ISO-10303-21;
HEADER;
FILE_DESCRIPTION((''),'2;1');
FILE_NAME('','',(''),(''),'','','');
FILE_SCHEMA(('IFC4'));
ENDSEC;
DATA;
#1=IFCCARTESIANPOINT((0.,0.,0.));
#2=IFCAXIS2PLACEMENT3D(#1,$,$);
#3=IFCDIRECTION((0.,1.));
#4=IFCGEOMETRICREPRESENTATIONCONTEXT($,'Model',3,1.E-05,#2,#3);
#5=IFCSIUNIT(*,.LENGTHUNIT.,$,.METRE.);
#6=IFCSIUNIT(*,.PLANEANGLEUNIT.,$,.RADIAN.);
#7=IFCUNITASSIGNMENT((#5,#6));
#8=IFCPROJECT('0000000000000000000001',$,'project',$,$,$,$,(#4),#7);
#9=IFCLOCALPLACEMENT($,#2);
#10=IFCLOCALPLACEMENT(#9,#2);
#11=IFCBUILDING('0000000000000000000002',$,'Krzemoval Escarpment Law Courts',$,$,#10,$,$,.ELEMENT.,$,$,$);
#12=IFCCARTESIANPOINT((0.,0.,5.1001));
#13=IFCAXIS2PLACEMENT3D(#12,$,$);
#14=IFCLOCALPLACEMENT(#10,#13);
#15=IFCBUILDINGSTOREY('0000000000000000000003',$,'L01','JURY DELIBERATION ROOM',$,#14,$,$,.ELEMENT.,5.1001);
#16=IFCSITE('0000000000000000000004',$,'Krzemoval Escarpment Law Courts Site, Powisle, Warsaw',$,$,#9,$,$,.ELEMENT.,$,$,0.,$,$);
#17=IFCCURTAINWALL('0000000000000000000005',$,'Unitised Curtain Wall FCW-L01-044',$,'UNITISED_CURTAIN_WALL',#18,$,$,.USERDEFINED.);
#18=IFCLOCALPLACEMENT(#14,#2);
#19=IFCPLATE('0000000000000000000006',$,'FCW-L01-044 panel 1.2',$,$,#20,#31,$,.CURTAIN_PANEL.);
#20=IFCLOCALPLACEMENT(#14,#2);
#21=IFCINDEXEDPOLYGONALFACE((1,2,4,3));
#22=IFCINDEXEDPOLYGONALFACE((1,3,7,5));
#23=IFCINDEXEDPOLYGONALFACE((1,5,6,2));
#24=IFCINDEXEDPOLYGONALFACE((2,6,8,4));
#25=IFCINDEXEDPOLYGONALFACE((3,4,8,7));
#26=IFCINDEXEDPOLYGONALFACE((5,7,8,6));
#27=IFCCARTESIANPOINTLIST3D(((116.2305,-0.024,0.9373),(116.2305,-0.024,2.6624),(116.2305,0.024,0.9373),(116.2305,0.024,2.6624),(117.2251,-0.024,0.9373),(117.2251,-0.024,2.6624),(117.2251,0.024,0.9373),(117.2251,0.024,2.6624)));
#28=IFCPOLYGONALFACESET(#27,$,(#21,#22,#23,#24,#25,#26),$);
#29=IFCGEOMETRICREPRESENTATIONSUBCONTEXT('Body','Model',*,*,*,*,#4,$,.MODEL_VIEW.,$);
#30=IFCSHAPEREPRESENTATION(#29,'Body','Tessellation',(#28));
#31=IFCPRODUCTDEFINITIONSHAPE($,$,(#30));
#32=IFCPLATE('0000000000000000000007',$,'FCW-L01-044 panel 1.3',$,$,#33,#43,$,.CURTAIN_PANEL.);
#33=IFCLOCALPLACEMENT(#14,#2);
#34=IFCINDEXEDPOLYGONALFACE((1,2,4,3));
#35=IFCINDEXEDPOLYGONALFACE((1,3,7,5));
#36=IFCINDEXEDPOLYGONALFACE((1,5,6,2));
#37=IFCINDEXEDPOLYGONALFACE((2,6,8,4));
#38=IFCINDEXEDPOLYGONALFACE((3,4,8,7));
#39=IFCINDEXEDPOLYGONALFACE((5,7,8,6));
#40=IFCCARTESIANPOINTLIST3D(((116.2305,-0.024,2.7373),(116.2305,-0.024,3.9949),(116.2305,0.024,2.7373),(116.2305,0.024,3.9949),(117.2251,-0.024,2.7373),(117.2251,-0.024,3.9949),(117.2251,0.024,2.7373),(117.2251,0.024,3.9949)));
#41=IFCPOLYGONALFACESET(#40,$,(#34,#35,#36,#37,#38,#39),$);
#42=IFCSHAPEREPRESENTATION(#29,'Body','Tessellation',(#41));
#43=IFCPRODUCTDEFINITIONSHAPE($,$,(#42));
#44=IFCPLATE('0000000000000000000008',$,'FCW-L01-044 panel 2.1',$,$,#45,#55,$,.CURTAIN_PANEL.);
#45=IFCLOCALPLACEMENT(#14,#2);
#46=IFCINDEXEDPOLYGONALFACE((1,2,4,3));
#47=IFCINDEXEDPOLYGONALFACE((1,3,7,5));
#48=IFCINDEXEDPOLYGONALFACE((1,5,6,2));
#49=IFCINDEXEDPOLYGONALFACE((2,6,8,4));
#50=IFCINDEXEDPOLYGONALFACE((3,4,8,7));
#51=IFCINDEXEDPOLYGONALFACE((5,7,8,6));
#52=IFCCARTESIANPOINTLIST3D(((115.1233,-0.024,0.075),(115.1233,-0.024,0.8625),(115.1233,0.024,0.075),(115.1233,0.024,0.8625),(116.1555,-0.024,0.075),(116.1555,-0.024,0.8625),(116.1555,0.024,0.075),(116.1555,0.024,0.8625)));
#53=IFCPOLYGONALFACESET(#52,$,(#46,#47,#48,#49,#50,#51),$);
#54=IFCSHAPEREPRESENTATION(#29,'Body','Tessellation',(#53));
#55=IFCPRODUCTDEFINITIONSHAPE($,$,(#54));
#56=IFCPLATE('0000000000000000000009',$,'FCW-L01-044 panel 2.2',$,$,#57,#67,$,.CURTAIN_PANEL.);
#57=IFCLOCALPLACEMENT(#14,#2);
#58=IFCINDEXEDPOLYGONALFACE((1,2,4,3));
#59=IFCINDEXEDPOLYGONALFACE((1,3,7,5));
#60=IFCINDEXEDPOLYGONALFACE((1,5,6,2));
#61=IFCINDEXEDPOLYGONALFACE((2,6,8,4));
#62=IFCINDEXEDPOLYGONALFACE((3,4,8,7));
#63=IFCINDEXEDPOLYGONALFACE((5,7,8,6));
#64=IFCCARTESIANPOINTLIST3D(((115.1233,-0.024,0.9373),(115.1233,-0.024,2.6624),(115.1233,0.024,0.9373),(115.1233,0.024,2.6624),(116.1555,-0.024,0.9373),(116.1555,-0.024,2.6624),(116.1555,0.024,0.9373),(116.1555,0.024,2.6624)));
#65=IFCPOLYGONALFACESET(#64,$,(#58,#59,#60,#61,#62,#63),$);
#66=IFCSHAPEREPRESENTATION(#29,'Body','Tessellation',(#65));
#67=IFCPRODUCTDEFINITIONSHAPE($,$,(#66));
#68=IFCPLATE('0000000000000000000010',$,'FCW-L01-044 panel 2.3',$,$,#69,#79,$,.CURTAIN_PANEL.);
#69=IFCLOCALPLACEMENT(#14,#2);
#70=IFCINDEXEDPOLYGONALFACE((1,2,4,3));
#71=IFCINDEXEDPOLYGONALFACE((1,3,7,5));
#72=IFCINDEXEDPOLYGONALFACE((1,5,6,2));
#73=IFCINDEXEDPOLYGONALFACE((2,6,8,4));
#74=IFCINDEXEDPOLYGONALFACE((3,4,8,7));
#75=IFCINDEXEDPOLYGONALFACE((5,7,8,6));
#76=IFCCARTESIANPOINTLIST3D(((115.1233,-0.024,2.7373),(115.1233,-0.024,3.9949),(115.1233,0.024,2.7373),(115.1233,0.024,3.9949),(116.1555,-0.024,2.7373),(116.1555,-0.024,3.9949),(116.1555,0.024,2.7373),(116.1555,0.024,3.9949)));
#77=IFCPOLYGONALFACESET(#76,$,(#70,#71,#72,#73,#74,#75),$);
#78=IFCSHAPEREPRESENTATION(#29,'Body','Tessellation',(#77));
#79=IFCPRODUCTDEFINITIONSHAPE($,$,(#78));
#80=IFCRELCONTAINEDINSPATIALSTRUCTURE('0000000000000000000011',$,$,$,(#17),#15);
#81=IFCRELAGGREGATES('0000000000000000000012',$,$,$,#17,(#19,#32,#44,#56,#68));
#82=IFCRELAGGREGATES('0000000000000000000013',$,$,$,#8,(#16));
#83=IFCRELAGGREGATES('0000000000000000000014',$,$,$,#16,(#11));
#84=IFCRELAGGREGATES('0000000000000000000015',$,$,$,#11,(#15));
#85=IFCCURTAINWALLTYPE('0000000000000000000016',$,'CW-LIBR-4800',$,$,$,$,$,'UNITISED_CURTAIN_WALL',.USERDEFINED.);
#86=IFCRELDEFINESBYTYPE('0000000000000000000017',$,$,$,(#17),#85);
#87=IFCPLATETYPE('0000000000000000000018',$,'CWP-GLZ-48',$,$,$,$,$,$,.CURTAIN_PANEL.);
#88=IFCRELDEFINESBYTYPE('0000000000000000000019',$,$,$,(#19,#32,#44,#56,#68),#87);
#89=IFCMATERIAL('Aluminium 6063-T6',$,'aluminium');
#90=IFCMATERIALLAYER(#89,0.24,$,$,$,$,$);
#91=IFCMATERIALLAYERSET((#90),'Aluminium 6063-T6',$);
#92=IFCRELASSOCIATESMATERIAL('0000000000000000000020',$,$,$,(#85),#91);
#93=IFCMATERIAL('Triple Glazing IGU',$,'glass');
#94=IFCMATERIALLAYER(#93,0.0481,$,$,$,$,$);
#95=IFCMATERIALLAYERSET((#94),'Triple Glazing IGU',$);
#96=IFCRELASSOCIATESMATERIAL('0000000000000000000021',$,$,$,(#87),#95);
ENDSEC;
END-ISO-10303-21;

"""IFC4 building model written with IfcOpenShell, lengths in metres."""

from ifc_helpers import new_model, si_unit, direction, frame, origin, origin_2d, place, context, subcontext, project, spatial, rectangle, extrude, material, layer, layer_set, type_object, element, aggregate, save


model = new_model("IFC4")

# Units and contexts
model_context = context("Model", 3, precision=1e-05, world=origin(), true_north=direction((0.0, 1.0)))
body_context = subcontext(model_context, "Body", "Model", "MODEL_VIEW")
ifc_project = project(units=[si_unit("LENGTHUNIT", "METRE"), si_unit("PLANEANGLEUNIT", "RADIAN")], contexts=[model_context])

# Site, building, storey
site_placement = place(None, origin())
site = spatial("IfcSite", under=ifc_project, at=site_placement, Name="Krzemoval Escarpment Law Courts Site, Powisle, Warsaw", CompositionType="ELEMENT", RefElevation=0.0)
building_placement = place(site_placement, origin())
building = spatial("IfcBuilding", under=site, at=building_placement, Name="Krzemoval Escarpment Law Courts", CompositionType="ELEMENT")
storey_placement = place(building_placement, frame((0.0, 0.0, 5.1001)))
storey = spatial("IfcBuildingStorey", under=building, at=storey_placement, Name="L01", Description="JURY DELIBERATION ROOM", CompositionType="ELEMENT", Elevation=5.1001)

# Shared definitions
ifc_material_1 = material(Name="Aluminium 6063-T6", Category="aluminium")
ifc_layer_1 = layer(ifc_material_1, 0.24)
ifc_layer_set_1 = layer_set([ifc_layer_1], Name="Aluminium 6063-T6")
curtain_wall_type = type_object("IfcCurtainWallType", Name="CW-LIBR-4800", ElementType="UNITISED_CURTAIN_WALL", PredefinedType="USERDEFINED", material=ifc_layer_set_1)

# Curtain wall
curtain_wall_1_placement = place(storey_placement, origin())
curtain_wall_1 = element("IfcCurtainWall", 1, at=curtain_wall_1_placement, inside=storey, type_object=curtain_wall_type, Name="Unitised Curtain Wall FCW-L01-044", ObjectType="UNITISED_CURTAIN_WALL", PredefinedType="USERDEFINED")

# Plates
ifc_material_2 = material(Name="Triple Glazing IGU", Category="glass")
ifc_layer_2 = layer(ifc_material_2, 0.0481)
ifc_layer_set_2 = layer_set([ifc_layer_2], Name="Triple Glazing IGU")
plate_type = type_object("IfcPlateType", Name="CWP-GLZ-48", PredefinedType="CURTAIN_PANEL", material=ifc_layer_set_2)
plate_1_placement = place(storey_placement, frame((116.7278, 0.0, 0.9373), z_axis=(0.0, 0.0, 1.0), x_axis=(-1.0, 0.0, 0.0)))
plate_1 = element("IfcPlate", 2, at=plate_1_placement, type_object=plate_type, Name="FCW-L01-044 panel 1.2", PredefinedType="CURTAIN_PANEL", context=body_context, shape_type="SweptSolid", body=[
    extrude(rectangle(XDim=0.9946, YDim=0.0481, at=origin_2d()), origin(), (0.0, 0.0, 1.0), 1.7251),
])
plate_2_placement = place(storey_placement, frame((116.7278, 0.0, 2.7373), z_axis=(0.0, 0.0, 1.0), x_axis=(-1.0, 0.0, 0.0)))
plate_2 = element("IfcPlate", 3, at=plate_2_placement, type_object=plate_type, Name="FCW-L01-044 panel 1.3", PredefinedType="CURTAIN_PANEL", context=body_context, shape_type="SweptSolid", body=[
    extrude(rectangle(XDim=0.9946, YDim=0.0481, at=origin_2d()), origin(), (0.0, 0.0, 1.0), 1.2576),
])
plate_3_placement = place(storey_placement, frame((115.6394, 0.0, 0.075), z_axis=(0.0, 0.0, 1.0), x_axis=(-1.0, 0.0, 0.0)))
plate_3 = element("IfcPlate", 4, at=plate_3_placement, type_object=plate_type, Name="FCW-L01-044 panel 2.1", PredefinedType="CURTAIN_PANEL", context=body_context, shape_type="SweptSolid", body=[
    extrude(rectangle(XDim=1.0322, YDim=0.0481, at=origin_2d()), origin(), (0.0, 0.0, 1.0), 0.7876),
])
plate_4_placement = place(storey_placement, frame((115.6394, 0.0, 0.9373), z_axis=(0.0, 0.0, 1.0), x_axis=(-1.0, 0.0, 0.0)))
plate_4 = element("IfcPlate", 5, at=plate_4_placement, type_object=plate_type, Name="FCW-L01-044 panel 2.2", PredefinedType="CURTAIN_PANEL", context=body_context, shape_type="SweptSolid", body=[
    extrude(rectangle(XDim=1.0322, YDim=0.0481, at=origin_2d()), origin(), (0.0, 0.0, 1.0), 1.7251),
])
plate_5_placement = place(storey_placement, frame((115.6394, 0.0, 2.7373), z_axis=(0.0, 0.0, 1.0), x_axis=(-1.0, 0.0, 0.0)))
plate_5 = element("IfcPlate", 6, at=plate_5_placement, type_object=plate_type, Name="FCW-L01-044 panel 2.3", PredefinedType="CURTAIN_PANEL", context=body_context, shape_type="SweptSolid", body=[
    extrude(rectangle(XDim=1.0322, YDim=0.0481, at=origin_2d()), origin(), (0.0, 0.0, 1.0), 1.2576),
])
aggregate(curtain_wall_1, [plate_1, plate_2, plate_3, plate_4, plate_5])

save(model, "model.ifc")
